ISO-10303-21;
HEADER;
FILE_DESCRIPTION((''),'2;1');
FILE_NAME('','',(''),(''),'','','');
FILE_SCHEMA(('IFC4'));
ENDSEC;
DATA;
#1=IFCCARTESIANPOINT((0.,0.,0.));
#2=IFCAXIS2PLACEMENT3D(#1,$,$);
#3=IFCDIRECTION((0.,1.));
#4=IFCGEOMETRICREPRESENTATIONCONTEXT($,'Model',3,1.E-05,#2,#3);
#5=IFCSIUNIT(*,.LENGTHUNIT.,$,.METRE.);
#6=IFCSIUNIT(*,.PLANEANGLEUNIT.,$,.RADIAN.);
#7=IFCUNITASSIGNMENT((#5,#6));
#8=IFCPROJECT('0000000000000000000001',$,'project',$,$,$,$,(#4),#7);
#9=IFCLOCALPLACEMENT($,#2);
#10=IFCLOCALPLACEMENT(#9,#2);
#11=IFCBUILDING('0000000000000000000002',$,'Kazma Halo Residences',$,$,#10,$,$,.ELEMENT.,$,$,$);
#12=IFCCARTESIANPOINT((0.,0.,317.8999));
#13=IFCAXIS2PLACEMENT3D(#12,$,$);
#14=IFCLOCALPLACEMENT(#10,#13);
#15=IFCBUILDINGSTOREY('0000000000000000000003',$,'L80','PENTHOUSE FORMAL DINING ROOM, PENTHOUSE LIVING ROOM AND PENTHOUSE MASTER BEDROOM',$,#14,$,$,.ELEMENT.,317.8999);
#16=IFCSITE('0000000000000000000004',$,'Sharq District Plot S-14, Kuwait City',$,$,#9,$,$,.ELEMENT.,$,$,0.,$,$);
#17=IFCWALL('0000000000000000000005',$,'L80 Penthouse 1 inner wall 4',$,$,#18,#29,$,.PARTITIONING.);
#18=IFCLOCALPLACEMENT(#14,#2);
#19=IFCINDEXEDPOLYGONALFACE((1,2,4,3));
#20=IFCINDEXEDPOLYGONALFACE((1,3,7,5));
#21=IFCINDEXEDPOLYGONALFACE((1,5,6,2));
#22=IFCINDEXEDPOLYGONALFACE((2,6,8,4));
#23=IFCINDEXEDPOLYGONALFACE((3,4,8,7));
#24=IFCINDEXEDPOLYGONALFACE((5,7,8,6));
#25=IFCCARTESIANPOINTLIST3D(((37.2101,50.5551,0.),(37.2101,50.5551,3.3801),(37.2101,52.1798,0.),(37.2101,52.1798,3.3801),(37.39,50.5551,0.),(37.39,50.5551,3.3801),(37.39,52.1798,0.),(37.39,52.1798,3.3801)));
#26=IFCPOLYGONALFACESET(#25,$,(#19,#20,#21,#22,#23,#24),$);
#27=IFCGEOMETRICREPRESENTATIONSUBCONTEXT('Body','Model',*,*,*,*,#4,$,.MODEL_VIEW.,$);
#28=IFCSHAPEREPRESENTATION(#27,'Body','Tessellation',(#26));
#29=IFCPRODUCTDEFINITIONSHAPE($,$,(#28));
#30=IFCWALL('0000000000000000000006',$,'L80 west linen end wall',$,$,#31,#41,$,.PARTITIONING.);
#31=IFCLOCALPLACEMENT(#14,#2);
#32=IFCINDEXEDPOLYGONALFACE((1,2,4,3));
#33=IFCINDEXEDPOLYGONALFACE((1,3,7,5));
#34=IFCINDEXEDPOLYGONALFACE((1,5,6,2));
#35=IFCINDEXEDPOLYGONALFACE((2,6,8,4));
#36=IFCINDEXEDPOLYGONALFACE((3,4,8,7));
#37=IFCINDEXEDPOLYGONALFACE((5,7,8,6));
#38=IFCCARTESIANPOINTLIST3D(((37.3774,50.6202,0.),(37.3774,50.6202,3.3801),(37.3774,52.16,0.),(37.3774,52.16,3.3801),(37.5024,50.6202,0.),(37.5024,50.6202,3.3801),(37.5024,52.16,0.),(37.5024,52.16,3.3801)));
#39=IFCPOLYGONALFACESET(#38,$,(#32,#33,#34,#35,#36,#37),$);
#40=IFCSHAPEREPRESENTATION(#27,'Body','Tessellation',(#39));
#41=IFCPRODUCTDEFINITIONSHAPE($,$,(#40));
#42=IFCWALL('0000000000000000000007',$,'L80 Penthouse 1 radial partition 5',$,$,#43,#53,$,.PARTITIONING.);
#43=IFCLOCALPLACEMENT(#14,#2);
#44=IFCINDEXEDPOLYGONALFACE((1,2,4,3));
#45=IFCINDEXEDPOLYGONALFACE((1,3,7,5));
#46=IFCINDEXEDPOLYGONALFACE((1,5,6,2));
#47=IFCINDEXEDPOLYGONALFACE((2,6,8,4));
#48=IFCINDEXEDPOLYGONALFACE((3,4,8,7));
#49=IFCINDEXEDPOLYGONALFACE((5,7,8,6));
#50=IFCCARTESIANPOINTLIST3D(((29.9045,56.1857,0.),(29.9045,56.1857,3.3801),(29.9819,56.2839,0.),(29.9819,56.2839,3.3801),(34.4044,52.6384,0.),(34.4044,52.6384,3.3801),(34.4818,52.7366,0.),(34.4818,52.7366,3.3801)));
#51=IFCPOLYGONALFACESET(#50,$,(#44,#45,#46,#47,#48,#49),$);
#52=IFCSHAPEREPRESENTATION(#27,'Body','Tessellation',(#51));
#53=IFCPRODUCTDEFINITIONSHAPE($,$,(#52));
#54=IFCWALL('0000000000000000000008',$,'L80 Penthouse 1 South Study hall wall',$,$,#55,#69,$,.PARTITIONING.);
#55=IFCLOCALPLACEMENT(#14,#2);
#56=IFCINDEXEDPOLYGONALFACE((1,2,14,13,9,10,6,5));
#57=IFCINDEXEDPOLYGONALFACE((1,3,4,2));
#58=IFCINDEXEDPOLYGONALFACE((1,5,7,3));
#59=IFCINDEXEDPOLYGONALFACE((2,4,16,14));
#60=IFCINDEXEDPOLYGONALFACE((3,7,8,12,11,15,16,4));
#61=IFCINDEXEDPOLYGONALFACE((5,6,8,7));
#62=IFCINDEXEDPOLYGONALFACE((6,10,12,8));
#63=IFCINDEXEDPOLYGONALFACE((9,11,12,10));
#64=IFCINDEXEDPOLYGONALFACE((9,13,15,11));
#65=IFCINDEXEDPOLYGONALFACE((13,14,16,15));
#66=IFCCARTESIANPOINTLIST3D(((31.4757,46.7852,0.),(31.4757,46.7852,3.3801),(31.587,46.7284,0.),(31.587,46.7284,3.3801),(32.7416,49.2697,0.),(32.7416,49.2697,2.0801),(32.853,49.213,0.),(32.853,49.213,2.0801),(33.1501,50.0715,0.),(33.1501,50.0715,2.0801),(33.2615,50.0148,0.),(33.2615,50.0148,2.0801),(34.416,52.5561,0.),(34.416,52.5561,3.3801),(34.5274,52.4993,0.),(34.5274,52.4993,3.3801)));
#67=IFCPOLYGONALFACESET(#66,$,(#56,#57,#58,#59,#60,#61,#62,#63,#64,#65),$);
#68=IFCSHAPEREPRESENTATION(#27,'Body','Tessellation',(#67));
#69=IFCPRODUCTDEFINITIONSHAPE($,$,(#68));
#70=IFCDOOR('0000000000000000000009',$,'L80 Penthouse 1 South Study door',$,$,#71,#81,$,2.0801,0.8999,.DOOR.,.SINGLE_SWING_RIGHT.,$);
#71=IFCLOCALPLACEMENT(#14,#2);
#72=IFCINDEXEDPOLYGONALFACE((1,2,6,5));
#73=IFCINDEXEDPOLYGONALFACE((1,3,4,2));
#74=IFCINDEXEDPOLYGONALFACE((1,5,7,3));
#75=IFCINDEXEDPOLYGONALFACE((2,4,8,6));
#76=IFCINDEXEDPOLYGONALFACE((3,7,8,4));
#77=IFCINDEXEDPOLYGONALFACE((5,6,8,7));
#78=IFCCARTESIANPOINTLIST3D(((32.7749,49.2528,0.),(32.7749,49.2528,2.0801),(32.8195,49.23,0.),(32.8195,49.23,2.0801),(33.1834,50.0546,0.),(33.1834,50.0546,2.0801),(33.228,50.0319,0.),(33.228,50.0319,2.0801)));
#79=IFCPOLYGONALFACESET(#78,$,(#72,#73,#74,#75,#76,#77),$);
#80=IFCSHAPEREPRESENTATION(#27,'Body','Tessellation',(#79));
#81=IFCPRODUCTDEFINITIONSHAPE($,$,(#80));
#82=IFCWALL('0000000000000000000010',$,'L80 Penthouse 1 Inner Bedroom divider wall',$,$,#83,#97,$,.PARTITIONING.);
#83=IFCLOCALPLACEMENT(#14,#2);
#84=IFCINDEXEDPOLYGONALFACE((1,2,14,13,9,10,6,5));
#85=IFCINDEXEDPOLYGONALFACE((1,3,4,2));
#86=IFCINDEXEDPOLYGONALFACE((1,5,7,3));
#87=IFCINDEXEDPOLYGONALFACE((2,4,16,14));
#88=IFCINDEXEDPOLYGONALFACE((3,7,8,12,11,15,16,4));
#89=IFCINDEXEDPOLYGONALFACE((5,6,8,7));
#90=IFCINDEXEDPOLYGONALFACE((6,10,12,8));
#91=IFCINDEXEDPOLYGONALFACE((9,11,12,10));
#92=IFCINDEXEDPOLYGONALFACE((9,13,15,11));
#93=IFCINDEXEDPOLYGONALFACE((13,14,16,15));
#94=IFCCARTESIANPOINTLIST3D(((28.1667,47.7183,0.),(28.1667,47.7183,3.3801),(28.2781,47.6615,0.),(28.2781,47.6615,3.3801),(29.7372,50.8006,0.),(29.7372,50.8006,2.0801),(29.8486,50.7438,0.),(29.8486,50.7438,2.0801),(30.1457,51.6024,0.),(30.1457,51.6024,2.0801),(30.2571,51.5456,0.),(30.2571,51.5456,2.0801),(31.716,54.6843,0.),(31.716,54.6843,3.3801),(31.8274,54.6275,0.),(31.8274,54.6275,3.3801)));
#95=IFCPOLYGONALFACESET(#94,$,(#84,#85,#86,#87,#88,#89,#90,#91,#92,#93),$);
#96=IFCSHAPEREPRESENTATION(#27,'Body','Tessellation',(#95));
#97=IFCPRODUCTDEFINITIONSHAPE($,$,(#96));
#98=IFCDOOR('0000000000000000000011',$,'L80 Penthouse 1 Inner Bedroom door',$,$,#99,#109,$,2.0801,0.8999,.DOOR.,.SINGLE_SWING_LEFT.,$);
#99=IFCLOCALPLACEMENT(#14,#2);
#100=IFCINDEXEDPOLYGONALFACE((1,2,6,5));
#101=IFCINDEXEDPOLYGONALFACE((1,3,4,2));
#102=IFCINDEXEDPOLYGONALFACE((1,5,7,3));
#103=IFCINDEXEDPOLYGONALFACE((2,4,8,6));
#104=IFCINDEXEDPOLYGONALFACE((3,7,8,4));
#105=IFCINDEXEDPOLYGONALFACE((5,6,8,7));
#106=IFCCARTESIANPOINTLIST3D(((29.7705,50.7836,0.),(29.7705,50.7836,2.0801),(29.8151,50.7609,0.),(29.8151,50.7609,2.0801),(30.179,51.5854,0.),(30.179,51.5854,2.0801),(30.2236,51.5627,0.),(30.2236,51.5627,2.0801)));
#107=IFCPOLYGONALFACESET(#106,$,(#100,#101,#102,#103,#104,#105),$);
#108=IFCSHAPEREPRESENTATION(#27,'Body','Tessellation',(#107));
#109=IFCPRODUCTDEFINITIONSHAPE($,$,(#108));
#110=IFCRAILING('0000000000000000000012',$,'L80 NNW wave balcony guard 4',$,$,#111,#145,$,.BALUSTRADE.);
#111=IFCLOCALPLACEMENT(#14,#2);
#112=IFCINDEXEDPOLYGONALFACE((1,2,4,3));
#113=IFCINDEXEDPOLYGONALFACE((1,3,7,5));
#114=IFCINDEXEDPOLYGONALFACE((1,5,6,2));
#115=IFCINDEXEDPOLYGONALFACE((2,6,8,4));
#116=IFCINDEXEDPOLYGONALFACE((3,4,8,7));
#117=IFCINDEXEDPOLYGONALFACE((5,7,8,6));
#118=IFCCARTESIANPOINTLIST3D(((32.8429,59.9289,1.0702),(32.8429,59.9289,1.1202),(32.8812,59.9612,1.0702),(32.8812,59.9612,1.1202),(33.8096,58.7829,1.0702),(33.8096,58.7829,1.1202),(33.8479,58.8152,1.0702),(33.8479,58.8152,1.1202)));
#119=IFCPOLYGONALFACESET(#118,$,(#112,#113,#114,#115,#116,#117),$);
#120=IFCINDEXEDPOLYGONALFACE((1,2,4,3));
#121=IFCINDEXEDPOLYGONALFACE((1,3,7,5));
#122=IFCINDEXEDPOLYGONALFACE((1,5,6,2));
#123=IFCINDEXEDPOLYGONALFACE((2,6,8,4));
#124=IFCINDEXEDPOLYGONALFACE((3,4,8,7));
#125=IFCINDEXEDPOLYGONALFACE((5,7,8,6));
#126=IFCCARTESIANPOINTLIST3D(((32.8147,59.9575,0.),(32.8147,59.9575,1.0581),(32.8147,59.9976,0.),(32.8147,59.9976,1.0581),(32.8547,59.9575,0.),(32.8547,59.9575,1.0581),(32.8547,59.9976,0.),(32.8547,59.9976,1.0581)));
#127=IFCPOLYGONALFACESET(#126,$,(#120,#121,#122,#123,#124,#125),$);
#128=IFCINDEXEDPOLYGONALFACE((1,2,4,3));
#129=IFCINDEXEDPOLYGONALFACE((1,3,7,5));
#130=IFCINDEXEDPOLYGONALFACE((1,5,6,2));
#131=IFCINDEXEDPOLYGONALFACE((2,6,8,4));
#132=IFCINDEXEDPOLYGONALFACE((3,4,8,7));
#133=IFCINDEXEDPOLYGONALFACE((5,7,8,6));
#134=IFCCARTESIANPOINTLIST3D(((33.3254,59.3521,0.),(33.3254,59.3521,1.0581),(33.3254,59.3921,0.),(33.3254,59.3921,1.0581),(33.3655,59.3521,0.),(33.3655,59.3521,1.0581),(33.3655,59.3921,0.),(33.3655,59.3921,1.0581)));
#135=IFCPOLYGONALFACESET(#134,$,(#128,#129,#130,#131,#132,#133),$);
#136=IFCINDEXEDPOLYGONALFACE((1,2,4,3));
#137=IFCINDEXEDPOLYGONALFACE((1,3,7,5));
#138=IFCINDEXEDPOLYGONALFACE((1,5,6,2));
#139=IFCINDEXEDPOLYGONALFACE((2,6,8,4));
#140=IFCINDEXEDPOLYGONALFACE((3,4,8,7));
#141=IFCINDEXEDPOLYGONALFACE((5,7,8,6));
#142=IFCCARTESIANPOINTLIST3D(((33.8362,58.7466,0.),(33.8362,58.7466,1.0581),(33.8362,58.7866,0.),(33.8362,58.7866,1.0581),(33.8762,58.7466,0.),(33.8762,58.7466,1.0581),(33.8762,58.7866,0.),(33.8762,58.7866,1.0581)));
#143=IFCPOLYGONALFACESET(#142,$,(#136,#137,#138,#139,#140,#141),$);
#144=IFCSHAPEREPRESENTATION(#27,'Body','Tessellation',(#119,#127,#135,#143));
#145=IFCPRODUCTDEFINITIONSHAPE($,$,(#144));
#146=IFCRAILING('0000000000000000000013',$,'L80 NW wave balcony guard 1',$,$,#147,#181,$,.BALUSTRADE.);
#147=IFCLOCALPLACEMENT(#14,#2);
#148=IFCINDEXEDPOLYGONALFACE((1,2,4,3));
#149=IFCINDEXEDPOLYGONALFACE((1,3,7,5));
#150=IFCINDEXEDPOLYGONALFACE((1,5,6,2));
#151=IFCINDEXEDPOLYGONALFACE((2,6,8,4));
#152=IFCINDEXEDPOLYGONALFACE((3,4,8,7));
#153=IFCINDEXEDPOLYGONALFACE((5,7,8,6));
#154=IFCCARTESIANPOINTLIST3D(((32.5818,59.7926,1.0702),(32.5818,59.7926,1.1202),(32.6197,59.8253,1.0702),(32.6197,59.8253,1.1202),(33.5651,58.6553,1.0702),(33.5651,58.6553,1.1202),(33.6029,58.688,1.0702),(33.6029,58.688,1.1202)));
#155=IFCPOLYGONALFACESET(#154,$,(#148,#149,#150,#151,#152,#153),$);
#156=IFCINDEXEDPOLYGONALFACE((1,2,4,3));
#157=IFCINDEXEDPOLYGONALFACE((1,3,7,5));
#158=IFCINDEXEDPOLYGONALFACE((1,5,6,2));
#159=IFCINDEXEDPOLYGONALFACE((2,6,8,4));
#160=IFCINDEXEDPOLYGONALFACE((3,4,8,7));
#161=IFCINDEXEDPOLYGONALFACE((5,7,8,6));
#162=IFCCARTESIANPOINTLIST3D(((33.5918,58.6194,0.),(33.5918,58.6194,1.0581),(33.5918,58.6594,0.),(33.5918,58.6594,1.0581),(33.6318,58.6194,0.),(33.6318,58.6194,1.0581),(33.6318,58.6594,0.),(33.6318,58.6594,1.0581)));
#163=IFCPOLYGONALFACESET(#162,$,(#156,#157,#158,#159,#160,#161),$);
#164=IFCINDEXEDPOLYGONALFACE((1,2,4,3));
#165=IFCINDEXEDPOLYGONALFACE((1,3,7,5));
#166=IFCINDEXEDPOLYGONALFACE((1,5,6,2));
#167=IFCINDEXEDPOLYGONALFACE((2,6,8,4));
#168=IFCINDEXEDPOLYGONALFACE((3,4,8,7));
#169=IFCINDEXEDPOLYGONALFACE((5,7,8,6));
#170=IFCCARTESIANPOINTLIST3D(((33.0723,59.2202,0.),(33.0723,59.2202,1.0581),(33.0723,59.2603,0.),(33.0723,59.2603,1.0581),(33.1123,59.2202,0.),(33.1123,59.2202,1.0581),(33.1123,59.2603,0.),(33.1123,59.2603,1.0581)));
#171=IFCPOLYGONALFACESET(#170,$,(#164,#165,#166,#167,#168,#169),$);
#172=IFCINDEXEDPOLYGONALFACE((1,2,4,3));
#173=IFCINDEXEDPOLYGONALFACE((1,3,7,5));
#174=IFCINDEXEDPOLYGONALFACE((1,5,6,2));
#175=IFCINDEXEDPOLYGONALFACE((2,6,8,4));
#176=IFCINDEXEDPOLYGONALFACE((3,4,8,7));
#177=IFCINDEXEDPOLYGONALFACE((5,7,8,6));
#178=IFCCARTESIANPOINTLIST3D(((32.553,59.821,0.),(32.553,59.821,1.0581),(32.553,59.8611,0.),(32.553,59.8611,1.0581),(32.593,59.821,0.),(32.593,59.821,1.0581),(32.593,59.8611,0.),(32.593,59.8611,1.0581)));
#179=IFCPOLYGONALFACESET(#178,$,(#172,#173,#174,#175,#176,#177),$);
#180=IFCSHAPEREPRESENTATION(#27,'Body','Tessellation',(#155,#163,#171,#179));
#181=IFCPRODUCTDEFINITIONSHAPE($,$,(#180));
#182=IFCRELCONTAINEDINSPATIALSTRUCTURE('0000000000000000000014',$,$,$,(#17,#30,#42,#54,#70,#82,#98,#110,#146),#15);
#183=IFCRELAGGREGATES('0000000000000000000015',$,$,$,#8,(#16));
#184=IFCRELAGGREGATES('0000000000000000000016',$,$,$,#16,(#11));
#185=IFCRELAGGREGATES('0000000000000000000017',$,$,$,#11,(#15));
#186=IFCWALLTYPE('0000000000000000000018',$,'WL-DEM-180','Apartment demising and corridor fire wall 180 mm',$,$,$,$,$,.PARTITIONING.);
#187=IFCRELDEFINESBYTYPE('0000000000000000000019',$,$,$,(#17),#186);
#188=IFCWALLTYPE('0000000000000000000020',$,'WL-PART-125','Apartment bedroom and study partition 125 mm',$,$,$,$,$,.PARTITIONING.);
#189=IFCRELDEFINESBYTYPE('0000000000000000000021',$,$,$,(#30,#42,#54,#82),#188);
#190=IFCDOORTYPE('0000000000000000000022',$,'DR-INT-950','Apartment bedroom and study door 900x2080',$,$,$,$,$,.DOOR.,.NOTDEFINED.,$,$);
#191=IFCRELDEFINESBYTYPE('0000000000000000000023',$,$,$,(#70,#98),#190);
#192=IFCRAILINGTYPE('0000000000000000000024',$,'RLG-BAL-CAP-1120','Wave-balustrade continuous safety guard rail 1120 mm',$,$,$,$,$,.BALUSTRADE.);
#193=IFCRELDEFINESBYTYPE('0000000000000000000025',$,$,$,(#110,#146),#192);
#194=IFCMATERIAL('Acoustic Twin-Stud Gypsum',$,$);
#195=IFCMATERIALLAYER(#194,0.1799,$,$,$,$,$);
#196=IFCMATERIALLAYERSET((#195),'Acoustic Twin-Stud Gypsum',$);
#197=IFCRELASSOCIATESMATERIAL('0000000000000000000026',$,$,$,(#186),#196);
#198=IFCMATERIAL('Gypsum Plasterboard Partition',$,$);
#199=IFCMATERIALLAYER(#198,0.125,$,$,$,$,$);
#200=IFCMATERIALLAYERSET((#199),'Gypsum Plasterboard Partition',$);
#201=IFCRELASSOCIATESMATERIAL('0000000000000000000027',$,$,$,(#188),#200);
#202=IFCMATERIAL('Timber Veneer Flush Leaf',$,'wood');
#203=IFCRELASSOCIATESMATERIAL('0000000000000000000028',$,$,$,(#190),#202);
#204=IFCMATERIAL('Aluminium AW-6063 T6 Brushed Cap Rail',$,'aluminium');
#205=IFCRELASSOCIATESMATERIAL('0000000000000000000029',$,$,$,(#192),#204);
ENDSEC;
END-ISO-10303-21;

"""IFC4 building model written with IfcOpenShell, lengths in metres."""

from ifc_helpers import new_model, si_unit, direction, frame, frame_2d, origin, origin_2d, place, context, subcontext, project, spatial, rectangle, extrude, material, layer, layer_set, type_object, element, fill, save


model = new_model("IFC4")

# Units and contexts
model_context = context("Model", 3, precision=1e-05, world=origin(), true_north=direction((0.0, 1.0)))
body_context = subcontext(model_context, "Body", "Model", "MODEL_VIEW")
ifc_project = project(units=[si_unit("LENGTHUNIT", "METRE"), si_unit("PLANEANGLEUNIT", "RADIAN")], contexts=[model_context])

# Site, building, storey
site_placement = place(None, origin())
site = spatial("IfcSite", under=ifc_project, at=site_placement, Name="Sharq District Plot S-14, Kuwait City", CompositionType="ELEMENT", RefElevation=0.0)
building_placement = place(site_placement, origin())
building = spatial("IfcBuilding", under=site, at=building_placement, Name="Kazma Halo Residences", CompositionType="ELEMENT")
storey_placement = place(building_placement, frame((0.0, 0.0, 317.8999)))
storey = spatial("IfcBuildingStorey", under=building, at=storey_placement, Name="L80", Description="PENTHOUSE FORMAL DINING ROOM, PENTHOUSE LIVING ROOM AND PENTHOUSE MASTER BEDROOM", CompositionType="ELEMENT", Elevation=317.8999)

# Wall
ifc_material_1 = material(Name="Acoustic Twin-Stud Gypsum")
ifc_layer_1 = layer(ifc_material_1, 0.1799)
ifc_layer_set_1 = layer_set([ifc_layer_1], Name="Acoustic Twin-Stud Gypsum")
wall_type_1 = type_object("IfcWallType", Name="WL-DEM-180", Description="Apartment demising and corridor fire wall 180 mm", PredefinedType="PARTITIONING", material=ifc_layer_set_1)
wall_1_placement = place(storey_placement, frame((37.3, 52.1799, 0.0), z_axis=(0.0, 0.0, 1.0), x_axis=(0.0, -1.0, 0.0)))
element("IfcWall", 1, at=wall_1_placement, inside=storey, type_object=wall_type_1, Name="L80 Penthouse 1 inner wall 4", PredefinedType="PARTITIONING", context=body_context, shape_type="SweptSolid", body=[
    extrude(rectangle(XDim=1.6248, YDim=0.1799, at=frame_2d((0.8125, 0.0))), origin(), (0.0, 0.0, 1.0), 3.3801),
])

# Walls
ifc_material_2 = material(Name="Gypsum Plasterboard Partition")
ifc_layer_2 = layer(ifc_material_2, 0.125)
ifc_layer_set_2 = layer_set([ifc_layer_2], Name="Gypsum Plasterboard Partition")
wall_type_2 = type_object("IfcWallType", Name="WL-PART-125", Description="Apartment bedroom and study partition 125 mm", PredefinedType="PARTITIONING", material=ifc_layer_set_2)
wall_2_placement = place(storey_placement, frame((37.4399, 50.6201, 0.0), z_axis=(0.0, 0.0, 1.0), x_axis=(0.0, 1.0, 0.0)))
element("IfcWall", 2, at=wall_2_placement, inside=storey, type_object=wall_type_2, Name="L80 west linen end wall", PredefinedType="PARTITIONING", context=body_context, shape_type="SweptSolid", body=[
    extrude(rectangle(XDim=1.5398, YDim=0.125, at=frame_2d((0.77, 0.0))), origin(), (0.0, 0.0, 1.0), 3.3801),
])
wall_3_placement = place(storey_placement, frame((34.4431, 52.6875, 0.0), z_axis=(0.0, 0.0, 1.0), x_axis=(-0.78533, 0.619078, 0.0)))
element("IfcWall", 3, at=wall_3_placement, inside=storey, type_object=wall_type_2, Name="L80 Penthouse 1 radial partition 5", PredefinedType="PARTITIONING", context=body_context, shape_type="SweptSolid", body=[
    extrude(rectangle(XDim=5.73, YDim=0.125, at=frame_2d((2.865, 0.0))), origin(), (0.0, 0.0, 1.0), 3.3801),
])

# Walls, openings, doors
wall_4_placement = place(storey_placement, frame((34.4717, 52.5276, 0.0), z_axis=(0.0, 0.0, 1.0), x_axis=(-0.453986, -0.891009, 0.0)))
wall_4 = element("IfcWall", 4, at=wall_4_placement, inside=storey, type_object=wall_type_2, Name="L80 Penthouse 1 South Study hall wall", PredefinedType="PARTITIONING", context=body_context, shape_type="SweptSolid", body=[
    extrude(rectangle(XDim=6.4768, YDim=0.125, at=frame_2d((3.2383, 0.0))), origin(), (0.0, 0.0, 1.0), 3.3801),
])
opening_1_placement = place(wall_4_placement, frame((2.7883, 0.0, 0.0)))
opening_1 = element("IfcOpeningElement", 5, at=opening_1_placement, cuts=wall_4, PredefinedType="OPENING", context=body_context, shape_type="SweptSolid", body=[
    extrude(rectangle(XDim=0.8999, YDim=2.0801, at=frame_2d((0.45, 1.04))), frame((0.0, 0.0725, 0.0), z_axis=(0.0, -1.0, 0.0), x_axis=(1.0, 0.0, 0.0)), (0.0, 0.0, 1.0), 0.145),
])
ifc_material_3 = material(Name="Timber Veneer Flush Leaf", Category="wood")
door_type_1 = type_object("IfcDoorType", Name="DR-INT-950", Description="Apartment bedroom and study door 900x2080", OperationType="NOTDEFINED", PredefinedType="DOOR", material=ifc_material_3)
door_1_placement = place(opening_1_placement, origin())
door_1 = element("IfcDoor", 6, at=door_1_placement, inside=storey, type_object=door_type_1, Name="L80 Penthouse 1 South Study door", OperationType="SINGLE_SWING_RIGHT", OverallHeight=2.0801, OverallWidth=0.8999, PredefinedType="DOOR", context=body_context, shape_type="SweptSolid", body=[
    extrude(rectangle(XDim=0.8999, YDim=2.0801, at=frame_2d((0.45, 1.04))), frame((0.0, 0.0249, 0.0), z_axis=(0.0, -1.0, 0.0), x_axis=(1.0, 0.0, 0.0)), (0.0, 0.0, 1.0), 0.05),
])
fill(opening_1, door_1)
wall_5_placement = place(storey_placement, frame((31.7717, 54.656, 0.0), z_axis=(0.0, 0.0, 1.0), x_axis=(-0.453983, -0.89101, 0.0)))
wall_5 = element("IfcWall", 7, at=wall_5_placement, inside=storey, type_object=wall_type_2, Name="L80 Penthouse 1 Inner Bedroom divider wall", PredefinedType="PARTITIONING", context=body_context, shape_type="SweptSolid", body=[
    extrude(rectangle(XDim=7.8181, YDim=0.125, at=frame_2d((3.9092, 0.0))), origin(), (0.0, 0.0, 1.0), 3.3801),
])
opening_2_placement = place(wall_5_placement, frame((3.459, 0.0, 0.0)))
opening_2 = element("IfcOpeningElement", 8, at=opening_2_placement, cuts=wall_5, PredefinedType="OPENING", context=body_context, shape_type="SweptSolid", body=[
    extrude(rectangle(XDim=0.8999, YDim=2.0801, at=frame_2d((0.45, 1.04))), frame((0.0, 0.0725, 0.0), z_axis=(0.0, -1.0, 0.0), x_axis=(1.0, 0.0, 0.0)), (0.0, 0.0, 1.0), 0.145),
])
door_2_placement = place(opening_2_placement, origin())
door_2 = element("IfcDoor", 9, at=door_2_placement, inside=storey, type_object=door_type_1, Name="L80 Penthouse 1 Inner Bedroom door", OperationType="SINGLE_SWING_LEFT", OverallHeight=2.0801, OverallWidth=0.8999, PredefinedType="DOOR", context=body_context, shape_type="SweptSolid", body=[
    extrude(rectangle(XDim=0.8999, YDim=2.0801, at=frame_2d((0.45, 1.04))), frame((0.0, 0.0249, 0.0), z_axis=(0.0, -1.0, 0.0), x_axis=(1.0, 0.0, 0.0)), (0.0, 0.0, 1.0), 0.05),
])
fill(opening_2, door_2)

# Railings
ifc_material_4 = material(Name="Aluminium AW-6063 T6 Brushed Cap Rail", Category="aluminium")
railing_type = type_object("IfcRailingType", Name="RLG-BAL-CAP-1120", Description="Wave-balustrade continuous safety guard rail 1120 mm", PredefinedType="BALUSTRADE", material=ifc_material_4)
railing_1_placement = place(storey_placement, frame((32.8347, 59.9775, 0.0)))
element("IfcRailing", 10, at=railing_1_placement, inside=storey, type_object=railing_type, Name="L80 NNW wave balcony guard 4", PredefinedType="BALUSTRADE", context=body_context, shape_type="SweptSolid", body=[
    extrude(rectangle(XDim=0.05, YDim=0.05, at=origin_2d()), frame((0.0273, -0.0325, 1.0952), z_axis=(0.644781, -0.764367, 0.0), x_axis=(0.764367, 0.644781, 0.0)), (0.0, 0.0, 1.0), 1.4993),
    extrude(rectangle(XDim=0.04, YDim=0.04, at=origin_2d()), origin(), (0.0, 0.0, 1.0), 1.0581),
    extrude(rectangle(XDim=0.04, YDim=0.04, at=origin_2d()), frame((0.5107, -0.6055, 0.0)), (0.0, 0.0, 1.0), 1.0581),
    extrude(rectangle(XDim=0.04, YDim=0.04, at=origin_2d()), frame((1.0215, -1.2109, 0.0)), (0.0, 0.0, 1.0), 1.0581),
])
railing_2_placement = place(storey_placement, frame((33.6118, 58.6394, 0.0)))
element("IfcRailing", 11, at=railing_2_placement, inside=storey, type_object=railing_type, Name="L80 NW wave balcony guard 1", PredefinedType="BALUSTRADE", context=body_context, shape_type="SweptSolid", body=[
    extrude(rectangle(XDim=0.05, YDim=0.05, at=origin_2d()), frame((-0.0278, 0.0322, 1.0952), z_axis=(-0.653988, 0.756505, 0.0), x_axis=(-0.756505, -0.653988, 0.0)), (0.0, 0.0, 1.0), 1.5034),
    extrude(rectangle(XDim=0.04, YDim=0.04, at=origin_2d()), origin(), (0.0, 0.0, 1.0), 1.0581),
    extrude(rectangle(XDim=0.04, YDim=0.04, at=origin_2d()), frame((-0.5195, 0.6008, 0.0)), (0.0, 0.0, 1.0), 1.0581),
    extrude(rectangle(XDim=0.04, YDim=0.04, at=origin_2d()), frame((-1.0388, 1.2017, 0.0)), (0.0, 0.0, 1.0), 1.0581),
])

save(model, "model.ifc")
